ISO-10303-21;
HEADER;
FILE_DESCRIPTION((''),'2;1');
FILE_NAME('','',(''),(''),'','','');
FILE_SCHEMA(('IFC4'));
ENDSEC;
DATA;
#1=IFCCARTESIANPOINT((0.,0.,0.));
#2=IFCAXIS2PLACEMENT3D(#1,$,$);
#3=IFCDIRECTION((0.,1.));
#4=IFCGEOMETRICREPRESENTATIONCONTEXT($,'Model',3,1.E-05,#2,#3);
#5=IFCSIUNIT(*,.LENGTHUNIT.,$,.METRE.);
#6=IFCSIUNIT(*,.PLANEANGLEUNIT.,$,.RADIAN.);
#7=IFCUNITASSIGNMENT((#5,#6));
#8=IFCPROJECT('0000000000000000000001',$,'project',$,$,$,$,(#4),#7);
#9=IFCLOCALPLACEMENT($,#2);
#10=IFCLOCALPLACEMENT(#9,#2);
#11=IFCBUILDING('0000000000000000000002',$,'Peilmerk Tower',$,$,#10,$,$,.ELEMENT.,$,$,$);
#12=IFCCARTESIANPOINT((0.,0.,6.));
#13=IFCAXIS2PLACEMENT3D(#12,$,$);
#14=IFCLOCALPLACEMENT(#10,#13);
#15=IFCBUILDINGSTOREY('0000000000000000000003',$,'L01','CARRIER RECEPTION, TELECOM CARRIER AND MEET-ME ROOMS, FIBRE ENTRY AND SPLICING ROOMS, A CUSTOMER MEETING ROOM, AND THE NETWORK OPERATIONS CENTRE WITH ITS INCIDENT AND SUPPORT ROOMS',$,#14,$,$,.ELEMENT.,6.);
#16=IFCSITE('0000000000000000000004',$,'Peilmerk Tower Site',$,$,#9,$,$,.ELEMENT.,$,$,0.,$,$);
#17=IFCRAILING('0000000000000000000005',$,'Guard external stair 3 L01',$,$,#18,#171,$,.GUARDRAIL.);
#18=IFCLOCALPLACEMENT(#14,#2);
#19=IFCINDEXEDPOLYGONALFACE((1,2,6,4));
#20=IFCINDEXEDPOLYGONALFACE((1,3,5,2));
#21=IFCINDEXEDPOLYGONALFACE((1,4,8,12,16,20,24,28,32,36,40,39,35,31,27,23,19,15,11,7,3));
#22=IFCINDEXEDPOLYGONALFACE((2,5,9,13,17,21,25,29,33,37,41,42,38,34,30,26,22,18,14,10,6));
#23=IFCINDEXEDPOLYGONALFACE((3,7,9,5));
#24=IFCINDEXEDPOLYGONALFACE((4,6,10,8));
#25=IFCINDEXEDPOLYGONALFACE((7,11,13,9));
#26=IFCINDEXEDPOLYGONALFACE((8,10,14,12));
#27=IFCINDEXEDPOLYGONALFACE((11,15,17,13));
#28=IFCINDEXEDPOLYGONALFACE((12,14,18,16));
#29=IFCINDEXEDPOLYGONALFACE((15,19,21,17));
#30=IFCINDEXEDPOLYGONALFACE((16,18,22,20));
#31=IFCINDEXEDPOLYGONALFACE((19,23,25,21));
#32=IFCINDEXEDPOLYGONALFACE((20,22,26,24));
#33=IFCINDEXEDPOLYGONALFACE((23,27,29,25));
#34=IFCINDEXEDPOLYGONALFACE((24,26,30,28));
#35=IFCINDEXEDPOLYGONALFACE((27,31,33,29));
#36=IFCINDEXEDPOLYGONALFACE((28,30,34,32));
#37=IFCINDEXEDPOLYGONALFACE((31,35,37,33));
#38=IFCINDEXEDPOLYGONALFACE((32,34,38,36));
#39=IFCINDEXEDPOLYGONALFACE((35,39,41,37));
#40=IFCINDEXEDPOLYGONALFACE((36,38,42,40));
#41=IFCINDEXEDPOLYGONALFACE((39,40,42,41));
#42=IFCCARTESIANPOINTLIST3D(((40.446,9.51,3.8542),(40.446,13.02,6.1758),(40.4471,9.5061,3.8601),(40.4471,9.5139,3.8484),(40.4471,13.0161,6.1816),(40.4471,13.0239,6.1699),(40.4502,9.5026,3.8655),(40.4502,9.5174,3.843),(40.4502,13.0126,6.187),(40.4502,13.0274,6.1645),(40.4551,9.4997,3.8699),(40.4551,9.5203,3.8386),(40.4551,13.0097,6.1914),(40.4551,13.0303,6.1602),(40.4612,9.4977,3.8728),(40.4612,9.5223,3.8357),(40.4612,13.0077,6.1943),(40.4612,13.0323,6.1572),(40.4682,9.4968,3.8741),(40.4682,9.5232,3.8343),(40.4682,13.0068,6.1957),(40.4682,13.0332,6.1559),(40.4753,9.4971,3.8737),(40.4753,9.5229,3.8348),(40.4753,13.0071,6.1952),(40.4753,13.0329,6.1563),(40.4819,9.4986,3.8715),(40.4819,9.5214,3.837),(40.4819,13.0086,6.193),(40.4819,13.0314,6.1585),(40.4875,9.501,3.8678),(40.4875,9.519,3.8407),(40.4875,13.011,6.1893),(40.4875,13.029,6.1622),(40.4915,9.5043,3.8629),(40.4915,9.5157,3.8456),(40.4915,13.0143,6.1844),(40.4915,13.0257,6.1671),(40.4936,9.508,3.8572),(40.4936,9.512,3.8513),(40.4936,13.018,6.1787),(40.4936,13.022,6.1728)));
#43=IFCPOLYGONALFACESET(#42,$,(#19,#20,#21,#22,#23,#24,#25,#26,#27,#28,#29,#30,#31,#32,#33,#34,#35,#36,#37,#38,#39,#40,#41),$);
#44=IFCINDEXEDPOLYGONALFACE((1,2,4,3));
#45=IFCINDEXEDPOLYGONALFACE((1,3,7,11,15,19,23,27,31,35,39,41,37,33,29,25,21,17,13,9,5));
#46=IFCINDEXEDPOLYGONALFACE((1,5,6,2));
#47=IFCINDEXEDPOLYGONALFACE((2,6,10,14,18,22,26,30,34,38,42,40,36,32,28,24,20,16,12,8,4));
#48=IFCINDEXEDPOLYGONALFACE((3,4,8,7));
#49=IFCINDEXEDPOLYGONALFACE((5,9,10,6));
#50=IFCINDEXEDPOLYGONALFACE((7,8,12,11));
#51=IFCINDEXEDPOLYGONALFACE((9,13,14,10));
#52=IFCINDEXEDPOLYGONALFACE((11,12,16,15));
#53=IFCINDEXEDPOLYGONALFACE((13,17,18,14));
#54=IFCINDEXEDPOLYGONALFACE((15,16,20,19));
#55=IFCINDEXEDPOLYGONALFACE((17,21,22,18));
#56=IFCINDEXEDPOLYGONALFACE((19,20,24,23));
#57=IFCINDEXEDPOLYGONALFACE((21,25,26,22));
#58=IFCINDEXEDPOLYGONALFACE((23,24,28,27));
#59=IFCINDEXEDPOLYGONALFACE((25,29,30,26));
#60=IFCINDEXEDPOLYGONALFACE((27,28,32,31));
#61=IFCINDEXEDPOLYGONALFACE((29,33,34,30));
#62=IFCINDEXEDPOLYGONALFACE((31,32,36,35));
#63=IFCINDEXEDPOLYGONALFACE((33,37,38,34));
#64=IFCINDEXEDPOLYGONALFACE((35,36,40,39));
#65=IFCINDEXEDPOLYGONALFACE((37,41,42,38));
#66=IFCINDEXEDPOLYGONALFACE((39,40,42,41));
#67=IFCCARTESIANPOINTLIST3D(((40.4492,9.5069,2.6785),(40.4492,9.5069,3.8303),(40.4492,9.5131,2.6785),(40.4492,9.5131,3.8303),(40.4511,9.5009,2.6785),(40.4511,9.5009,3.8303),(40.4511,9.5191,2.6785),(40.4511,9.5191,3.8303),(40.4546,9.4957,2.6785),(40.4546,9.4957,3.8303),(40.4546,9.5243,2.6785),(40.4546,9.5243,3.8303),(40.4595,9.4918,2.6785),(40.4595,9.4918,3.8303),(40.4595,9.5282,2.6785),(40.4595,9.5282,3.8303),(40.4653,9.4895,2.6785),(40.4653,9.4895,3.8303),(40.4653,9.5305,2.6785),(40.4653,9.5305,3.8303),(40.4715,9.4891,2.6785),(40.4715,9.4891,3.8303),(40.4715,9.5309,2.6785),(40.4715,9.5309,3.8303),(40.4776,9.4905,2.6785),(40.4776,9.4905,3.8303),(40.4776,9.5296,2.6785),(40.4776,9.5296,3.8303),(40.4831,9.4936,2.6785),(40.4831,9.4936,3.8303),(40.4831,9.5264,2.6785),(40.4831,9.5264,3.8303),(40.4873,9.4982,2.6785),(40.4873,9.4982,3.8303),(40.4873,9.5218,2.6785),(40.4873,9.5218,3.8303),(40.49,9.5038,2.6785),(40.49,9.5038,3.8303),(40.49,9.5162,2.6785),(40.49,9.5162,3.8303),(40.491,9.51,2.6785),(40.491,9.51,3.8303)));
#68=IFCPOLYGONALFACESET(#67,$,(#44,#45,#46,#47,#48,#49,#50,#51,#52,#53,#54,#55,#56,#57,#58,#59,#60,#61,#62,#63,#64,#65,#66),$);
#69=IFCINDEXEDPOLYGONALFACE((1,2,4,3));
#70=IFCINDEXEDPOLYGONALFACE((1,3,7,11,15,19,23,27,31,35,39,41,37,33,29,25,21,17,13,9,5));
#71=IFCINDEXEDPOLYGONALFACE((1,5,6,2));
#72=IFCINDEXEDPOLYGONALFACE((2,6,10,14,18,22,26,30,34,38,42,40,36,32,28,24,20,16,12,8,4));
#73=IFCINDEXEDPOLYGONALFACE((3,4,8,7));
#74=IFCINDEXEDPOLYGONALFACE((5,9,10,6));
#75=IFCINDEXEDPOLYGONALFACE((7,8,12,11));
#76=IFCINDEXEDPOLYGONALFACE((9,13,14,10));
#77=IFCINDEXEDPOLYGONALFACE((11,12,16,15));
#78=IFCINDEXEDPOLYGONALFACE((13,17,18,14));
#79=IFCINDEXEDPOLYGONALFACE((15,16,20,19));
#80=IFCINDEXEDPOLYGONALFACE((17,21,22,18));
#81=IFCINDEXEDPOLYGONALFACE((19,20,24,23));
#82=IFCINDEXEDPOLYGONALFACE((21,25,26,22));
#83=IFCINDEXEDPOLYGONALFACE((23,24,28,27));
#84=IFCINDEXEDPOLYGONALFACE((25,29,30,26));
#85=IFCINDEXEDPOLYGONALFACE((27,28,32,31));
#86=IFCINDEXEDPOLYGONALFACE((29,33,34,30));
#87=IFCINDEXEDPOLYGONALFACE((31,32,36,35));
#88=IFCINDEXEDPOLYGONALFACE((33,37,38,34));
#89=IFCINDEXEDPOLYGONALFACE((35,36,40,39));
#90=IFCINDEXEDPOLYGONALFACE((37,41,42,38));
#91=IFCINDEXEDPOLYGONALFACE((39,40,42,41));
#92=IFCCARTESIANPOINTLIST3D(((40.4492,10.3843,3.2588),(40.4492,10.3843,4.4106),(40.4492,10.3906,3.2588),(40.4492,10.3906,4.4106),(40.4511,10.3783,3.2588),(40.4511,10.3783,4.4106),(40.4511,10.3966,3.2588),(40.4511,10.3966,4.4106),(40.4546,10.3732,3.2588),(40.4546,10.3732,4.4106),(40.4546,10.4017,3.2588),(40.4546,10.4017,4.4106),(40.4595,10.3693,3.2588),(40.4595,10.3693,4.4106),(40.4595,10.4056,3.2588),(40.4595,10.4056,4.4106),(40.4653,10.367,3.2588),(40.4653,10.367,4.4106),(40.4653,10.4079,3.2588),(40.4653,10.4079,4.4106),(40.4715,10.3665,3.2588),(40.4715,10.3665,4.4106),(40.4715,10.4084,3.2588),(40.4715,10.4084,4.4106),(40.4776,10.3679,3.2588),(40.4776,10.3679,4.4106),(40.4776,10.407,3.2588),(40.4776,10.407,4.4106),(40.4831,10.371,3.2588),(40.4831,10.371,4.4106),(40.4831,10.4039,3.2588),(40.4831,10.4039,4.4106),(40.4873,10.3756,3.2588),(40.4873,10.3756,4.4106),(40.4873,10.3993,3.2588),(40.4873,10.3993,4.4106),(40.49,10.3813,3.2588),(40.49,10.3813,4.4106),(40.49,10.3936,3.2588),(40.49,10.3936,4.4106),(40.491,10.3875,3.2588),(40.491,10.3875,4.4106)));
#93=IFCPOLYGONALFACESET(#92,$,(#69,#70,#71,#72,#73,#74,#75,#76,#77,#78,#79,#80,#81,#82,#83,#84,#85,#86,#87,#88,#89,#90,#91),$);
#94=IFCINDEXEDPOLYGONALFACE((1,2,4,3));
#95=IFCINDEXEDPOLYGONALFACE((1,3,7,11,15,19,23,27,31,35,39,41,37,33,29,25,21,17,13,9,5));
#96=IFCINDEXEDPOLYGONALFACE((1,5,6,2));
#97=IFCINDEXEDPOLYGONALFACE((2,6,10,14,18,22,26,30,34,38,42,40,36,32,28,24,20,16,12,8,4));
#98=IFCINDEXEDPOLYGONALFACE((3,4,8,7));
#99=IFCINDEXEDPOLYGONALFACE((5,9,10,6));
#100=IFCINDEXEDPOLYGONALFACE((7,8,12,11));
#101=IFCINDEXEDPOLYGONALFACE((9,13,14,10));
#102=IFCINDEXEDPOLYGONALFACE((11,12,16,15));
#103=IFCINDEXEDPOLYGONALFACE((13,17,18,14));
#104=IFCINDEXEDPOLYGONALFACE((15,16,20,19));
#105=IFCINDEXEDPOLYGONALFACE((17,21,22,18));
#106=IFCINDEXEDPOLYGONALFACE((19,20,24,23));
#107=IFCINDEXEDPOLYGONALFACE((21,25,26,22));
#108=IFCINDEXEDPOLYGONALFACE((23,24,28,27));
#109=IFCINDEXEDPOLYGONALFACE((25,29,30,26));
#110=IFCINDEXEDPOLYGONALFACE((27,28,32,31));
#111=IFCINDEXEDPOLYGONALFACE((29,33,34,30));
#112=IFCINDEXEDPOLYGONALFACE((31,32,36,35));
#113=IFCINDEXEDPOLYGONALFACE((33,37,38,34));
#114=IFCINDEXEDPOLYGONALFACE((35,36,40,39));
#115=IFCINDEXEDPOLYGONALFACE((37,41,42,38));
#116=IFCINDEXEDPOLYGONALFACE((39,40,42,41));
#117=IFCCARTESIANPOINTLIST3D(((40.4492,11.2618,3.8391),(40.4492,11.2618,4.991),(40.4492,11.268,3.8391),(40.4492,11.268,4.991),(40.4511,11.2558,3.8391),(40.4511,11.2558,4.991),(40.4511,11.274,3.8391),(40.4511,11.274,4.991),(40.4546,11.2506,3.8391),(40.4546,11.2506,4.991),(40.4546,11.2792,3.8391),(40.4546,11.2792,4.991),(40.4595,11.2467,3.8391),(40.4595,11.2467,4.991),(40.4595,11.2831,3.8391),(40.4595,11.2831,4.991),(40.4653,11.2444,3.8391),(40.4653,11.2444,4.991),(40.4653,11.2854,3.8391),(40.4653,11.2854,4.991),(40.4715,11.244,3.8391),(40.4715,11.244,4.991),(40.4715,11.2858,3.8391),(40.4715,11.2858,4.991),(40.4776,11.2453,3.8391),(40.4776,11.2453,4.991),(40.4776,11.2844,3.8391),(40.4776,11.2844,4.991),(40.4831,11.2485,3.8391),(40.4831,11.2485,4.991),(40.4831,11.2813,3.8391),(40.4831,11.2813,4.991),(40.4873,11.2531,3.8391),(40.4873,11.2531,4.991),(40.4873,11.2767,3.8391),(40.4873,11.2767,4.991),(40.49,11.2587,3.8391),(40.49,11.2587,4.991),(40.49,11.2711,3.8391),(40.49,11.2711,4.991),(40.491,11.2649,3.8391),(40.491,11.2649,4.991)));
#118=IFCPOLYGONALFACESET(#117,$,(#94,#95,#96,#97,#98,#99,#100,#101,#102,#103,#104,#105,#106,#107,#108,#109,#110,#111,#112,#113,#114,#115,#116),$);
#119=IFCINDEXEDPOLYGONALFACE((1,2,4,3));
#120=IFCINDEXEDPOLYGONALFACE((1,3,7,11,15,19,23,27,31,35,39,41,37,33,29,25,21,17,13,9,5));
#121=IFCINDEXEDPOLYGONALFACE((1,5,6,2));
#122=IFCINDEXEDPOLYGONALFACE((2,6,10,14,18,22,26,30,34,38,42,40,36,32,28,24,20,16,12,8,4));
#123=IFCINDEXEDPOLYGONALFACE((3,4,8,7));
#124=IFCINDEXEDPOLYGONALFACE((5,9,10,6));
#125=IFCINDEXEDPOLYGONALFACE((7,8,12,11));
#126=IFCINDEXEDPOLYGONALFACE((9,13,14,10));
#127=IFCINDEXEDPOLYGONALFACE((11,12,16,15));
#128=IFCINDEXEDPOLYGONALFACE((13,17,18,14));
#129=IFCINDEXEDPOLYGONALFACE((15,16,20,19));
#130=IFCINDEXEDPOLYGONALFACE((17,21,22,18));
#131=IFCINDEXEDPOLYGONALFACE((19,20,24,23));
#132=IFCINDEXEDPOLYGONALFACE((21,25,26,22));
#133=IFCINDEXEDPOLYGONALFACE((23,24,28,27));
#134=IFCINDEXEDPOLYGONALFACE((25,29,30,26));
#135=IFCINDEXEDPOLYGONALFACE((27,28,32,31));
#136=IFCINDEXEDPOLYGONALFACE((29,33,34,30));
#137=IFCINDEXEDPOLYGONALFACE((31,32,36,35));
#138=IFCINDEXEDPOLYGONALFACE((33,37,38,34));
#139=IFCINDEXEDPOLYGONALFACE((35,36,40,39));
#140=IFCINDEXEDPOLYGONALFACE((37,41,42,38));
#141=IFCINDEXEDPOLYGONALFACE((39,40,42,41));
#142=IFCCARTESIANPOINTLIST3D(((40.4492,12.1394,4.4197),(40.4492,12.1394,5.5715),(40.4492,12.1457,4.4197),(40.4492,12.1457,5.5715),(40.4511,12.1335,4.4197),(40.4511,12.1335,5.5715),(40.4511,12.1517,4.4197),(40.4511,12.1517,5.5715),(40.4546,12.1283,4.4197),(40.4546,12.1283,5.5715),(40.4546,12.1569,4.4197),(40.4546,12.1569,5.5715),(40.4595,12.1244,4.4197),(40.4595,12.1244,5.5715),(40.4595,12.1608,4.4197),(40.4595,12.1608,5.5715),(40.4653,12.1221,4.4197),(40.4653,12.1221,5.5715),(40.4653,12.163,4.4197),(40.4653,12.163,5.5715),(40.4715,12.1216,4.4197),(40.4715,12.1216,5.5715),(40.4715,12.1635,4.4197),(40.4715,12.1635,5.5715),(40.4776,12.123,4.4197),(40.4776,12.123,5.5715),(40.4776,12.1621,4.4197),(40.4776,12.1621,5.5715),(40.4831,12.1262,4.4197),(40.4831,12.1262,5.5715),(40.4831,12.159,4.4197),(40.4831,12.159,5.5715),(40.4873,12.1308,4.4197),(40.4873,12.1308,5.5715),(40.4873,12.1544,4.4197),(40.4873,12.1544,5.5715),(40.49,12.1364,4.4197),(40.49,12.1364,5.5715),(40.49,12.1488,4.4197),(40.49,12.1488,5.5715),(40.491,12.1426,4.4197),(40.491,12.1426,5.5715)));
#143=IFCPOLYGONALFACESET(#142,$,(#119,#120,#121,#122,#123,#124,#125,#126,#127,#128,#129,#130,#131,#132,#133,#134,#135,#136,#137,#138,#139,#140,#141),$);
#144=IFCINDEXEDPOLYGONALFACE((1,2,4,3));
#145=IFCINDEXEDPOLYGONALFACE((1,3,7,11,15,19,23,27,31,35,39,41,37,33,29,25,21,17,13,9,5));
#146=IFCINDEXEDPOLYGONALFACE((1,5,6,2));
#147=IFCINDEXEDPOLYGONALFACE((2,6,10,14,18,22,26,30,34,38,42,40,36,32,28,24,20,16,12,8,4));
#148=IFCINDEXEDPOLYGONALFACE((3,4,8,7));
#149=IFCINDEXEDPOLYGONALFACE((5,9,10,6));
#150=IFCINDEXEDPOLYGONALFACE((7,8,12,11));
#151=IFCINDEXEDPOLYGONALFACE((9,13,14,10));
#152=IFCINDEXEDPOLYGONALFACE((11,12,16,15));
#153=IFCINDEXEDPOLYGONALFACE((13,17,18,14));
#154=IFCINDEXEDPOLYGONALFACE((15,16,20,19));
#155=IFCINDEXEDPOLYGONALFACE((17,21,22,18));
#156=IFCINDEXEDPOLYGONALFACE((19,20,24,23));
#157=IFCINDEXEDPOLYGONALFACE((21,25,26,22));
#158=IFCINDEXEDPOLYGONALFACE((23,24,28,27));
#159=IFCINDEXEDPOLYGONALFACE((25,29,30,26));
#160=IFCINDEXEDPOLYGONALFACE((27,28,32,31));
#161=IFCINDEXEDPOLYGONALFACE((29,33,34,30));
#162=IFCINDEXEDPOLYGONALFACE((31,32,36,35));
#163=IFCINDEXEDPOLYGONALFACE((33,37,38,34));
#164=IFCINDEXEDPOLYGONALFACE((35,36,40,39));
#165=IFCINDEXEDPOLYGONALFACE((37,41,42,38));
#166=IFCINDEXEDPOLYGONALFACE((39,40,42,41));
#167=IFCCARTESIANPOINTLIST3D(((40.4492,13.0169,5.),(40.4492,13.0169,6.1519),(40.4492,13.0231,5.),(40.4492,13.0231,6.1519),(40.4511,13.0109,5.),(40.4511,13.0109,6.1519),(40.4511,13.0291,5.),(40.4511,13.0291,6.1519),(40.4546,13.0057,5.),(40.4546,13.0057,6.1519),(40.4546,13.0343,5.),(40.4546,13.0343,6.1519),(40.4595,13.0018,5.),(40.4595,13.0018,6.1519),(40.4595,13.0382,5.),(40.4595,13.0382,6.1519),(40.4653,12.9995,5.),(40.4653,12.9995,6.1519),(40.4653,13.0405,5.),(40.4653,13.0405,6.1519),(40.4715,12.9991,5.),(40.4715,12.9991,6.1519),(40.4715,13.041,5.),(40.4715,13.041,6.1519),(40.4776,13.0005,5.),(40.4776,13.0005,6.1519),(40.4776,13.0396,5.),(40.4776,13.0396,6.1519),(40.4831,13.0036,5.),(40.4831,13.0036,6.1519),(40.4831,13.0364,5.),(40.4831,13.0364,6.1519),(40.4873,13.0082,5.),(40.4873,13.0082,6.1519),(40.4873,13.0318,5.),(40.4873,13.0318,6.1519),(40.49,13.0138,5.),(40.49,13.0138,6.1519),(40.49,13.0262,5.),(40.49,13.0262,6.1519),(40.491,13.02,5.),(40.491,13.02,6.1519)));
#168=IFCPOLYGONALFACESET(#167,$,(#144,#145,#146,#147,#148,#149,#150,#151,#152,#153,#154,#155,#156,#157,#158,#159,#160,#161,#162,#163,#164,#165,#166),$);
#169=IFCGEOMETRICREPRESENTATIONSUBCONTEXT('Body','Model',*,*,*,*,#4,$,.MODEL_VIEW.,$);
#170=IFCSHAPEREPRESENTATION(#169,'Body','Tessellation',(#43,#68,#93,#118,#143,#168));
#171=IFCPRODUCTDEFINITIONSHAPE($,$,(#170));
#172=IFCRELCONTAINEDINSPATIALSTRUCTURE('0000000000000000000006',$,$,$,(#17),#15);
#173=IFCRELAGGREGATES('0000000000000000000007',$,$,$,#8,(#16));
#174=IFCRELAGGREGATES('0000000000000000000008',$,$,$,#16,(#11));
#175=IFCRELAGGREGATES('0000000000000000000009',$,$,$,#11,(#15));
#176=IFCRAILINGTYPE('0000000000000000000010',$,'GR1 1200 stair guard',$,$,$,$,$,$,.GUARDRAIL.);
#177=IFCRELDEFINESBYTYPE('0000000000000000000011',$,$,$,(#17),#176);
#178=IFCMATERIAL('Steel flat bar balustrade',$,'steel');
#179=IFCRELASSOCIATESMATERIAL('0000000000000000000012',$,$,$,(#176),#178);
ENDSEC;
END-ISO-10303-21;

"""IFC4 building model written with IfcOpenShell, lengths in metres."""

from ifc_helpers import new_model, si_unit, direction, frame, origin, origin_2d, place, context, subcontext, project, spatial, circle, extrude, material, type_object, element, save


model = new_model("IFC4")

# Units and contexts
model_context = context("Model", 3, precision=1e-05, world=origin(), true_north=direction((0.0, 1.0)))
body_context = subcontext(model_context, "Body", "Model", "MODEL_VIEW")
ifc_project = project(units=[si_unit("LENGTHUNIT", "METRE"), si_unit("PLANEANGLEUNIT", "RADIAN")], contexts=[model_context])

# Site, building, storey
site_placement = place(None, origin())
site = spatial("IfcSite", under=ifc_project, at=site_placement, Name="Peilmerk Tower Site", CompositionType="ELEMENT", RefElevation=0.0)
building_placement = place(site_placement, origin())
building = spatial("IfcBuilding", under=site, at=building_placement, Name="Peilmerk Tower", CompositionType="ELEMENT")
storey_placement = place(building_placement, frame((0.0, 0.0, 6.0)))
storey = spatial("IfcBuildingStorey", under=building, at=storey_placement, Name="L01", Description="CARRIER RECEPTION, TELECOM CARRIER AND MEET-ME ROOMS, FIBRE ENTRY AND SPLICING ROOMS, A CUSTOMER MEETING ROOM, AND THE NETWORK OPERATIONS CENTRE WITH ITS INCIDENT AND SUPPORT ROOMS", CompositionType="ELEMENT", Elevation=6.0)

# Railing
ifc_material_1 = material(Name="Steel flat bar balustrade", Category="steel")
railing_type_1 = type_object("IfcRailingType", Name="GR1 1200 stair guard", PredefinedType="GUARDRAIL", material=ifc_material_1)
for number, where, name in (
    (1, (40.47, 9.51, 2.6785), "Guard external stair 3 L01"),
):
    element("IfcRailing", number, at=place(storey_placement, frame(where)), inside=storey, type_object=railing_type_1, Name=name, PredefinedType="GUARDRAIL", context=body_context, shape_type="SweptSolid", body=[
        extrude(circle(Radius=0.0239, at=origin_2d()), frame((0.0, 0.0, 1.1758), z_axis=(0.0, 0.834071, 0.551657), x_axis=(-1.0, 0.0, 0.0)), (0.0, 0.0, 1.0), 4.2083),
        extrude(circle(Radius=0.021, at=origin_2d()), origin(), (0.0, 0.0, 1.0), 1.1519),
        extrude(circle(Radius=0.021, at=origin_2d()), frame((0.0, 0.8774, 0.5803)), (0.0, 0.0, 1.0), 1.1519),
        extrude(circle(Radius=0.021, at=origin_2d()), frame((0.0, 1.7549, 1.1606)), (0.0, 0.0, 1.0), 1.1519),
        extrude(circle(Radius=0.021, at=origin_2d()), frame((0.0, 2.6326, 1.7412)), (0.0, 0.0, 1.0), 1.1519),
        extrude(circle(Radius=0.021, at=origin_2d()), frame((0.0, 3.51, 2.3215)), (0.0, 0.0, 1.0), 1.1519),
    ])

save(model, "model.ifc")
